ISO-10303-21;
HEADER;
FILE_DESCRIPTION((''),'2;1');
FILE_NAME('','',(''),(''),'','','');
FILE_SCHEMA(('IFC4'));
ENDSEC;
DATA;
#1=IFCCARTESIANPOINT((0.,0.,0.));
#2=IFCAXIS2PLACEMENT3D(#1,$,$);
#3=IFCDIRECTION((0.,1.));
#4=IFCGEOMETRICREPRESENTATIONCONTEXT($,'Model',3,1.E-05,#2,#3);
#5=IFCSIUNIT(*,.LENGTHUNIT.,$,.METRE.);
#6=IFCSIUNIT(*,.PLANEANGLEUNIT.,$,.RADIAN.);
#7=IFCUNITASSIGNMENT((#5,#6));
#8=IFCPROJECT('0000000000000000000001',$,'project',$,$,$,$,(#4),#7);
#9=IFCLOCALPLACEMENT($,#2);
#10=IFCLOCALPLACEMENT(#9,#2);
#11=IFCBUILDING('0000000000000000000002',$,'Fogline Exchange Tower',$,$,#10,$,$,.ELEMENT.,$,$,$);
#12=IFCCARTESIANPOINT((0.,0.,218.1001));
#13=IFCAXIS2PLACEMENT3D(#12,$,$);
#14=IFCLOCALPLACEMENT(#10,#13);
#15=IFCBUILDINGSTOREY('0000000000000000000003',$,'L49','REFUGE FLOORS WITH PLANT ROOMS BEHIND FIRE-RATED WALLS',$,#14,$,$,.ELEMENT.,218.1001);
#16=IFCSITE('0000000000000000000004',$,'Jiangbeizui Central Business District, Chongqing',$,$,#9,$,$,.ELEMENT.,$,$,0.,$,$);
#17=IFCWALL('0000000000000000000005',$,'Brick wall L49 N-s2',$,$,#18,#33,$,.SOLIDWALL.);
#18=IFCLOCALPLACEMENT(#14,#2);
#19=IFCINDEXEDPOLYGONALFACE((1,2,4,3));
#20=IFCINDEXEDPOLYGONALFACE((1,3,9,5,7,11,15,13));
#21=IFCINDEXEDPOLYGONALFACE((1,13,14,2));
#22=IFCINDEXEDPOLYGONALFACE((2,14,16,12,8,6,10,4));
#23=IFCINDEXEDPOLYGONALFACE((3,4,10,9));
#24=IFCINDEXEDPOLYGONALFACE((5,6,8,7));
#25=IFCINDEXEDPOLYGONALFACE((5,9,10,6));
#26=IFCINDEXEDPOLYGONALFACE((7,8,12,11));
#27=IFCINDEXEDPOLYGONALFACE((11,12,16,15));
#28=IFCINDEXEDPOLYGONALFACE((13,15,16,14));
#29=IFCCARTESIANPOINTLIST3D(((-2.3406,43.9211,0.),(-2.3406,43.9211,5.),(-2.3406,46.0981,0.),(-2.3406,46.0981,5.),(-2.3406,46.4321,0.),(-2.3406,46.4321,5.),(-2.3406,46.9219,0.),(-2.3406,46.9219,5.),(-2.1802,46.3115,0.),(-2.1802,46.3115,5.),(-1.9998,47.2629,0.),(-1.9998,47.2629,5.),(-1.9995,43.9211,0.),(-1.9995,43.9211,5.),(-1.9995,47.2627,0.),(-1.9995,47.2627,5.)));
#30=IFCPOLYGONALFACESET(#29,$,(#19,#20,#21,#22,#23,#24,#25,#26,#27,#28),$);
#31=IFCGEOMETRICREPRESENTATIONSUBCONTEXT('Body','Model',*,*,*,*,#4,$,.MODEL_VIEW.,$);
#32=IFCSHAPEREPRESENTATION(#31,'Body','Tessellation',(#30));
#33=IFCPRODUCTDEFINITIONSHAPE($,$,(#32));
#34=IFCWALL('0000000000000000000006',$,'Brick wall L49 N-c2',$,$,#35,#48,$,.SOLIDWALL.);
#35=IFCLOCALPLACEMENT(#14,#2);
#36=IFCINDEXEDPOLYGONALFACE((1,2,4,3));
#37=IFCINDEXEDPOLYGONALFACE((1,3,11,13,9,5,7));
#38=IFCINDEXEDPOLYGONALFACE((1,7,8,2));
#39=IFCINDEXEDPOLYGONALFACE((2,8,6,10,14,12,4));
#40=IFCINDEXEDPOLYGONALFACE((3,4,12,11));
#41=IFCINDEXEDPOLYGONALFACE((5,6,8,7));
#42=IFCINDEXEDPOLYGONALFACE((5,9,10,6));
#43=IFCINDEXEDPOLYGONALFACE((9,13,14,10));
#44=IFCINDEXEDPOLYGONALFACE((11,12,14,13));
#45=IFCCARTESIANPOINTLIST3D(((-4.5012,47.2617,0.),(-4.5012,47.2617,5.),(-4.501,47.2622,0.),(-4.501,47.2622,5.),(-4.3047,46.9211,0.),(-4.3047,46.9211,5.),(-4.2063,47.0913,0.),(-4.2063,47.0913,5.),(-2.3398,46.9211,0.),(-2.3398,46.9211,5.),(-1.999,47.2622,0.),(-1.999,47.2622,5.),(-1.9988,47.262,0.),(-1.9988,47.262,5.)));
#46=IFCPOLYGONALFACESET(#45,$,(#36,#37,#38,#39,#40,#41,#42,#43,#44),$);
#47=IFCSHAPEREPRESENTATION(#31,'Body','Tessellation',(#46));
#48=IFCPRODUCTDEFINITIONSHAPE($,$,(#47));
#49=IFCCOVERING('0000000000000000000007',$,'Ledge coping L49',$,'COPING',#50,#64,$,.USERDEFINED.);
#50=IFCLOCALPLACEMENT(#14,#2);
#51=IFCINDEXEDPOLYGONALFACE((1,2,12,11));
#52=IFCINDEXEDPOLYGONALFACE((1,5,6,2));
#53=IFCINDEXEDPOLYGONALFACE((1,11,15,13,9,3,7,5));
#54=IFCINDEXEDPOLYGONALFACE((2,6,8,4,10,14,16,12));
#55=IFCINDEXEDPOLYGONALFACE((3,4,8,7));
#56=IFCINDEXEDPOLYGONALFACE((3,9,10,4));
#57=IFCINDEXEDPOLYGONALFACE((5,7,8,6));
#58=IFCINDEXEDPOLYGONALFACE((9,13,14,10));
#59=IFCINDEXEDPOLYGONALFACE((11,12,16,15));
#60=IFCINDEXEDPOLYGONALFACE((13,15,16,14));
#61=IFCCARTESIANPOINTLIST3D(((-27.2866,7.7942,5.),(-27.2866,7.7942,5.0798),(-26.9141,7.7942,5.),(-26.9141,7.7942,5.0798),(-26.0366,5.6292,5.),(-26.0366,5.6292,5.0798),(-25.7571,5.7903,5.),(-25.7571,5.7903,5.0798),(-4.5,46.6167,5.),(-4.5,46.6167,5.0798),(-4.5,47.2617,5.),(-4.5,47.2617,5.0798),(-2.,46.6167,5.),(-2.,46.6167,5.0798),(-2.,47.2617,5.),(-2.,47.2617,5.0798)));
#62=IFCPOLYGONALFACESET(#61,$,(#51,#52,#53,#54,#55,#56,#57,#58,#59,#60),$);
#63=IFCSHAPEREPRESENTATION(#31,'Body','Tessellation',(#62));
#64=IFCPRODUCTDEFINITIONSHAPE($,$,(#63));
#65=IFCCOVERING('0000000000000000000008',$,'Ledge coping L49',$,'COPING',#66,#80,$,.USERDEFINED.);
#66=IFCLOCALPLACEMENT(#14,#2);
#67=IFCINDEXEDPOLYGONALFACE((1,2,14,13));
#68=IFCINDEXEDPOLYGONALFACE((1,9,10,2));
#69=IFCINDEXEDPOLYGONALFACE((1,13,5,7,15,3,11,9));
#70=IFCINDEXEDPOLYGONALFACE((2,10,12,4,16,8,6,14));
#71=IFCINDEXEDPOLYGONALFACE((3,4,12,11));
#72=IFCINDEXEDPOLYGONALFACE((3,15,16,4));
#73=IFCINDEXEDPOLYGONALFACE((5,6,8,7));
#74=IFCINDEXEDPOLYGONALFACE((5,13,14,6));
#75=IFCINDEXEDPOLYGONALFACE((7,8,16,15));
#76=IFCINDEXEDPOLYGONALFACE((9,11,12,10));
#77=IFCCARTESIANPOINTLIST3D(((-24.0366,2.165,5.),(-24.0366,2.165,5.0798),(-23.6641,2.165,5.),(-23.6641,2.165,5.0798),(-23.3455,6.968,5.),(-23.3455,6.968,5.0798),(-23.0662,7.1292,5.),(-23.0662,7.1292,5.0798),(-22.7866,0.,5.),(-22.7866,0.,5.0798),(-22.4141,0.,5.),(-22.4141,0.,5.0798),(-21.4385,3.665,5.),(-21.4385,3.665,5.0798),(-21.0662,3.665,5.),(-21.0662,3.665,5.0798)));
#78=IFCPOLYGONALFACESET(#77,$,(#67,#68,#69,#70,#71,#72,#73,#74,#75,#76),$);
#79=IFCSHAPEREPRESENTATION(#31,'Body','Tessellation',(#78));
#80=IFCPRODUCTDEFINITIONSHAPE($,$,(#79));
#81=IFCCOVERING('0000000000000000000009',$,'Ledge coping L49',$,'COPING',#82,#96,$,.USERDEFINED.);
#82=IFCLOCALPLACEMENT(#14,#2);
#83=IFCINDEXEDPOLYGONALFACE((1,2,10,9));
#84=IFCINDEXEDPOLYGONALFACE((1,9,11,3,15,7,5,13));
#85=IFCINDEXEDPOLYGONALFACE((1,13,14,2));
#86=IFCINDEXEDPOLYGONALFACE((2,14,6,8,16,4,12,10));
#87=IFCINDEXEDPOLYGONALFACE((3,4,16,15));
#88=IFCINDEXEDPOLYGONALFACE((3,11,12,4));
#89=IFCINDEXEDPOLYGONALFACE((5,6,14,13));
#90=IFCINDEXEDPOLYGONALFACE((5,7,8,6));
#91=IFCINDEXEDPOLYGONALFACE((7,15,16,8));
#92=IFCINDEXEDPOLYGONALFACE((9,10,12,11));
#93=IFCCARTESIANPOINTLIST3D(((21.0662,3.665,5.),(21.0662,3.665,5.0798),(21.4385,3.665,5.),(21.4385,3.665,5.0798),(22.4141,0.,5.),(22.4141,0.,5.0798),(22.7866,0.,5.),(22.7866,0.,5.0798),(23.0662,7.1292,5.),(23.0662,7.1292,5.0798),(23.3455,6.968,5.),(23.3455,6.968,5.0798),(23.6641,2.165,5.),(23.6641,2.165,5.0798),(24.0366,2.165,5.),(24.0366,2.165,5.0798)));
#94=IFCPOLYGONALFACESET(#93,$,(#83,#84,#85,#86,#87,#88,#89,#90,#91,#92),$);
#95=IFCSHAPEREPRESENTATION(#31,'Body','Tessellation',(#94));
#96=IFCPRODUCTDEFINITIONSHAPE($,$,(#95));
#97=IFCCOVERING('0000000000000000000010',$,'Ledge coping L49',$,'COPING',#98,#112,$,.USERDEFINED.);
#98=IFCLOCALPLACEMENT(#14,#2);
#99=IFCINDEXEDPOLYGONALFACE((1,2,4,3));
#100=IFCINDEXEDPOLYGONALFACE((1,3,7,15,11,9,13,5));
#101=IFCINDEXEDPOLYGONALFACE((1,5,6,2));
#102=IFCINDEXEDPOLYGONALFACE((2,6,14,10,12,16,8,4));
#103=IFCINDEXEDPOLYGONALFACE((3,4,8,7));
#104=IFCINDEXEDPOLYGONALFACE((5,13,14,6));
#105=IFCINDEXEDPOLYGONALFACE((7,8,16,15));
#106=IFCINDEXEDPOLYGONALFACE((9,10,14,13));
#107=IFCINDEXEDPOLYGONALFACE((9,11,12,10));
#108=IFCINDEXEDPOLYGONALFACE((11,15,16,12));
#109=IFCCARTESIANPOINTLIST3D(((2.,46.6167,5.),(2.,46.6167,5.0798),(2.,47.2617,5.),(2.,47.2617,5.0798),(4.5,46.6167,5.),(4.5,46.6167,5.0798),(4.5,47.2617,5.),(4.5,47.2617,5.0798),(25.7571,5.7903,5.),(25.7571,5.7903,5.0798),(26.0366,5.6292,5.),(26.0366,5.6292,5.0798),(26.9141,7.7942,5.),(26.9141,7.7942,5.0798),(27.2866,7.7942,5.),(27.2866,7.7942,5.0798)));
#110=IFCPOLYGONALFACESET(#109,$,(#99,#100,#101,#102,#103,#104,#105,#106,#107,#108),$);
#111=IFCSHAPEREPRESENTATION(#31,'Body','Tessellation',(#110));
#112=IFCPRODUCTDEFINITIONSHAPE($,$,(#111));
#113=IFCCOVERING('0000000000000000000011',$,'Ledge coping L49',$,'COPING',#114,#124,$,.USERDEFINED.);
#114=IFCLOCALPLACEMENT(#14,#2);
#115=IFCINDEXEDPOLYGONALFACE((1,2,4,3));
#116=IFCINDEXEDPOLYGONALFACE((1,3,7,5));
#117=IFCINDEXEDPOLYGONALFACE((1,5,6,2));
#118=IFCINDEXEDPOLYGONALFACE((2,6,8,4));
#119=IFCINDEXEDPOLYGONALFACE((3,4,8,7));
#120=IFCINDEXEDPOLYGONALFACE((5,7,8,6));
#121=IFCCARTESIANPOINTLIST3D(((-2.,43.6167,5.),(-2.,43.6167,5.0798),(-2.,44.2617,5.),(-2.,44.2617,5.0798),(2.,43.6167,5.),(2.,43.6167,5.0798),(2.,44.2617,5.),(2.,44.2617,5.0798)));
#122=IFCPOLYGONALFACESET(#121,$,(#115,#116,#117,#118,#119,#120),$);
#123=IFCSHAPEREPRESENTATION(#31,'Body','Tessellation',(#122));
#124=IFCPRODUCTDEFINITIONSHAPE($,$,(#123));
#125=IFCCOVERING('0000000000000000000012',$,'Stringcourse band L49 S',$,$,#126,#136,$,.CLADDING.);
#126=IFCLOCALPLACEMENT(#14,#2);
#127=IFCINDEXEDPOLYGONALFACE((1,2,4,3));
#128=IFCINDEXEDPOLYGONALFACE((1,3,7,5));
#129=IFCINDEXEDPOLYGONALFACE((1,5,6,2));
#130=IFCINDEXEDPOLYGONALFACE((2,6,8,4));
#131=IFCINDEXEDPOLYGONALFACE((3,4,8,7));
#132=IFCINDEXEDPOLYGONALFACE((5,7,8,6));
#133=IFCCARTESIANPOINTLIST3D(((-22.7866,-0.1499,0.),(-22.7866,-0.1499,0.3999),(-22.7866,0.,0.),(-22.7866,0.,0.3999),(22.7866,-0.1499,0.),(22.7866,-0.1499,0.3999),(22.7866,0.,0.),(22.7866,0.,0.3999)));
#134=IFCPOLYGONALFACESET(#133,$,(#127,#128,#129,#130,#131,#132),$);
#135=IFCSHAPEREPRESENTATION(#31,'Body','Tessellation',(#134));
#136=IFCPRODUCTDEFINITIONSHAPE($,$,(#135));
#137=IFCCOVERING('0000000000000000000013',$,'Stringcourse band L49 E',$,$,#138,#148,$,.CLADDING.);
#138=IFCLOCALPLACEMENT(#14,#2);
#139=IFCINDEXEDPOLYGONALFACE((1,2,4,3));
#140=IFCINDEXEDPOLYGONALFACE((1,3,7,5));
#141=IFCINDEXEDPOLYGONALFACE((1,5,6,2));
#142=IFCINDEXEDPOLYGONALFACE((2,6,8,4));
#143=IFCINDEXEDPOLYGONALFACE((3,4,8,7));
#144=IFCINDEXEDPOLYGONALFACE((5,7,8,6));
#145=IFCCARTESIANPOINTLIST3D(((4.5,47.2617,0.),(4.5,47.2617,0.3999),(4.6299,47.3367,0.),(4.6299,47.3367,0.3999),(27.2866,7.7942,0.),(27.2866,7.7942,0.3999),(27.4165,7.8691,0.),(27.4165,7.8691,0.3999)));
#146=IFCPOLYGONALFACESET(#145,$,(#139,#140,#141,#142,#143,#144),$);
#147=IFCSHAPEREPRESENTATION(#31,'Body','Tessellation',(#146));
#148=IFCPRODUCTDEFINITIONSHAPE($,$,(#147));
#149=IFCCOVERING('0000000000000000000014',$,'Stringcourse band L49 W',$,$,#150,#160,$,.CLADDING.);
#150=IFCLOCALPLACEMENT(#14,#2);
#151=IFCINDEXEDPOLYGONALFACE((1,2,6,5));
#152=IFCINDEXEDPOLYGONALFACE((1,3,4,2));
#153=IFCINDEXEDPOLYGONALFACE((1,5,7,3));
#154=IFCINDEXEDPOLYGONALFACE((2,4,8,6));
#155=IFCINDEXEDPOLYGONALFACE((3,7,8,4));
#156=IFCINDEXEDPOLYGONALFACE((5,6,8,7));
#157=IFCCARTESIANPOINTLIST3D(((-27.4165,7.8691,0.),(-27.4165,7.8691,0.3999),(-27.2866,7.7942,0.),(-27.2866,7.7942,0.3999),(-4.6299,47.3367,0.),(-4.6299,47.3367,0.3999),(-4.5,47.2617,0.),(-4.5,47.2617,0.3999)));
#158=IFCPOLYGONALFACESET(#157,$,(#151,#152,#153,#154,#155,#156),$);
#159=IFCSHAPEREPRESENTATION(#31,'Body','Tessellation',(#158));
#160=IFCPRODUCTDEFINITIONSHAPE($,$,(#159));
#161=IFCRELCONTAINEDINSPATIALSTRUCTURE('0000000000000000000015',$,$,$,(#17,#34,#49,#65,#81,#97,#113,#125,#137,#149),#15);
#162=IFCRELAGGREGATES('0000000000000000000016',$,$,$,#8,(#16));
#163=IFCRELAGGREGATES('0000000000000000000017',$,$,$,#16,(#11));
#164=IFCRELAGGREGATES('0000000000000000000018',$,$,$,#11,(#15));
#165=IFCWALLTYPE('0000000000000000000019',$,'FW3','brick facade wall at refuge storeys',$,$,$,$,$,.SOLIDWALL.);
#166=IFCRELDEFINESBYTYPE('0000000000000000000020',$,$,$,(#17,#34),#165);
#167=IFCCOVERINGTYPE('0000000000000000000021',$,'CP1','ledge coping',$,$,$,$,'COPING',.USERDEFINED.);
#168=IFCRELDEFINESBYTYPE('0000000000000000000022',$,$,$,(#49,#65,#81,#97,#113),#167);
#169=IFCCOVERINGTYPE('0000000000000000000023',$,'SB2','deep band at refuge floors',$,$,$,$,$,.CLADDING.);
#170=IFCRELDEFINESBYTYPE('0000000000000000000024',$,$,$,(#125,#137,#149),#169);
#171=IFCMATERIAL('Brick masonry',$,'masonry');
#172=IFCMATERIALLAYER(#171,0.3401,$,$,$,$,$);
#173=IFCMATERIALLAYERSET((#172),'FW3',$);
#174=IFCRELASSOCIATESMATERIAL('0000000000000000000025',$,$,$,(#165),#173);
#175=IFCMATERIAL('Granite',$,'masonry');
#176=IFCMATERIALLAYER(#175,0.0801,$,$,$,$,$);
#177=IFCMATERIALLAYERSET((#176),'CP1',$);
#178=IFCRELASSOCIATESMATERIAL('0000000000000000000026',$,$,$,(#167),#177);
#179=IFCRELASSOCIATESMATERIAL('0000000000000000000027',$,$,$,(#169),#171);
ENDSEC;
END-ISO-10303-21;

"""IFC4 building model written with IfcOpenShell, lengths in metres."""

from ifc_helpers import new_model, si_unit, direction, frame, origin, place, context, subcontext, project, spatial, polyline, outline, extrude, material, layer, layer_set, type_object, element, save


model = new_model("IFC4")

# Units and contexts
model_context = context("Model", 3, precision=1e-05, world=origin(), true_north=direction((0.0, 1.0)))
body_context = subcontext(model_context, "Body", "Model", "MODEL_VIEW")
ifc_project = project(units=[si_unit("LENGTHUNIT", "METRE"), si_unit("PLANEANGLEUNIT", "RADIAN")], contexts=[model_context])

# Site, building, storey
site_placement = place(None, origin())
site = spatial("IfcSite", under=ifc_project, at=site_placement, Name="Jiangbeizui Central Business District, Chongqing", CompositionType="ELEMENT", RefElevation=0.0)
building_placement = place(site_placement, origin())
building = spatial("IfcBuilding", under=site, at=building_placement, Name="Fogline Exchange Tower", CompositionType="ELEMENT")
storey_placement = place(building_placement, frame((0.0, 0.0, 218.1001)))
storey = spatial("IfcBuildingStorey", under=building, at=storey_placement, Name="L49", Description="REFUGE FLOORS WITH PLANT ROOMS BEHIND FIRE-RATED WALLS", CompositionType="ELEMENT", Elevation=218.1001)

# Walls
ifc_material_1 = material(Name="Brick masonry", Category="masonry")
ifc_layer_1 = layer(ifc_material_1, 0.3401)
ifc_layer_set_1 = layer_set([ifc_layer_1], Name="FW3")
wall_type_1 = type_object("IfcWallType", Name="FW3", Description="brick facade wall at refuge storeys", PredefinedType="SOLIDWALL", material=ifc_layer_set_1)
wall_1_placement = place(storey_placement, origin())
element("IfcWall", 1, at=wall_1_placement, inside=storey, type_object=wall_type_1, Name="Brick wall L49 N-s2", PredefinedType="SOLIDWALL", context=body_context, shape_type="SweptSolid", body=[
    extrude(outline(polyline([(-1.9995, 43.9211), (-2.3406, 43.9211), (-2.3406, 46.0981), (-2.1802, 46.3115), (-2.3406, 46.4321), (-2.3406, 46.9219), (-1.9998, 47.2629), (-1.9995, 47.2627), (-1.9995, 43.9211)])), origin(), (0.0, 0.0, 1.0), 5.0),
])
wall_2_placement = place(storey_placement, origin())
element("IfcWall", 2, at=wall_2_placement, inside=storey, type_object=wall_type_1, Name="Brick wall L49 N-c2", PredefinedType="SOLIDWALL", context=body_context, shape_type="SweptSolid", body=[
    extrude(outline(polyline([(-4.3047, 46.9211), (-4.2063, 47.0913), (-4.5012, 47.2617), (-4.501, 47.2622), (-1.999, 47.2622), (-1.9988, 47.262), (-2.3398, 46.9211), (-4.3047, 46.9211)])), origin(), (0.0, 0.0, 1.0), 5.0),
])

# Coverings
ifc_material_2 = material(Name="Granite", Category="masonry")
ifc_layer_2 = layer(ifc_material_2, 0.0801)
ifc_layer_set_2 = layer_set([ifc_layer_2], Name="CP1")
covering_type_1 = type_object("IfcCoveringType", Name="CP1", Description="ledge coping", ElementType="COPING", PredefinedType="USERDEFINED", material=ifc_layer_set_2)
covering_1_placement = place(storey_placement, frame((0.0, 0.0, 5.0)))
element("IfcCovering", 3, at=covering_1_placement, inside=storey, type_object=covering_type_1, Name="Ledge coping L49", ObjectType="COPING", PredefinedType="USERDEFINED", context=body_context, shape_type="SweptSolid", body=[
    extrude(outline(polyline([(-26.0366, 5.6292), (-25.7571, 5.7903), (-26.9141, 7.7942), (-4.5, 46.6167), (-2.0, 46.6167), (-2.0, 47.2617), (-4.5, 47.2617), (-27.2866, 7.7942), (-26.0366, 5.6292)])), origin(), (0.0, 0.0, 1.0), 0.0798),
])
covering_2_placement = place(storey_placement, frame((0.0, 0.0, 5.0)))
element("IfcCovering", 4, at=covering_2_placement, inside=storey, type_object=covering_type_1, Name="Ledge coping L49", ObjectType="COPING", PredefinedType="USERDEFINED", context=body_context, shape_type="SweptSolid", body=[
    extrude(outline(polyline([(-22.7866, 0.0), (-22.4141, 0.0), (-23.6641, 2.165), (-21.0662, 3.665), (-23.0662, 7.1292), (-23.3455, 6.968), (-21.4385, 3.665), (-24.0366, 2.165), (-22.7866, 0.0)])), origin(), (0.0, 0.0, 1.0), 0.0798),
])
covering_3_placement = place(storey_placement, frame((0.0, 0.0, 5.0)))
element("IfcCovering", 5, at=covering_3_placement, inside=storey, type_object=covering_type_1, Name="Ledge coping L49", ObjectType="COPING", PredefinedType="USERDEFINED", context=body_context, shape_type="SweptSolid", body=[
    extrude(outline(polyline([(21.4385, 3.665), (23.3455, 6.968), (23.0662, 7.1292), (21.0662, 3.665), (23.6641, 2.165), (22.4141, 0.0), (22.7866, 0.0), (24.0366, 2.165), (21.4385, 3.665)])), origin(), (0.0, 0.0, 1.0), 0.0798),
])
covering_4_placement = place(storey_placement, frame((0.0, 0.0, 5.0)))
element("IfcCovering", 6, at=covering_4_placement, inside=storey, type_object=covering_type_1, Name="Ledge coping L49", ObjectType="COPING", PredefinedType="USERDEFINED", context=body_context, shape_type="SweptSolid", body=[
    extrude(outline(polyline([(2.0, 47.2617), (2.0, 46.6167), (4.5, 46.6167), (26.9141, 7.7942), (25.7571, 5.7903), (26.0366, 5.6292), (27.2866, 7.7942), (4.5, 47.2617), (2.0, 47.2617)])), origin(), (0.0, 0.0, 1.0), 0.0798),
])
covering_5_placement = place(storey_placement, frame((0.0, 0.0, 5.0)))
element("IfcCovering", 7, at=covering_5_placement, inside=storey, type_object=covering_type_1, Name="Ledge coping L49", ObjectType="COPING", PredefinedType="USERDEFINED", context=body_context, shape_type="SweptSolid", body=[
    extrude(outline(polyline([(2.0, 44.2617), (-2.0, 44.2617), (-2.0, 43.6167), (2.0, 43.6167), (2.0, 44.2617)])), origin(), (0.0, 0.0, 1.0), 0.0798),
])
covering_type_2 = type_object("IfcCoveringType", Name="SB2", Description="deep band at refuge floors", PredefinedType="CLADDING", material=ifc_material_1)
covering_6_placement = place(storey_placement, origin())
element("IfcCovering", 8, at=covering_6_placement, inside=storey, type_object=covering_type_2, Name="Stringcourse band L49 S", PredefinedType="CLADDING", context=body_context, shape_type="SweptSolid", body=[
    extrude(outline(polyline([(-22.7866, 0.0), (-22.7866, -0.1499), (22.7866, -0.1499), (22.7866, 0.0), (-22.7866, 0.0)])), origin(), (0.0, 0.0, 1.0), 0.3999),
])
covering_7_placement = place(storey_placement, origin())
element("IfcCovering", 9, at=covering_7_placement, inside=storey, type_object=covering_type_2, Name="Stringcourse band L49 E", PredefinedType="CLADDING", context=body_context, shape_type="SweptSolid", body=[
    extrude(outline(polyline([(27.2866, 7.7942), (27.4165, 7.8691), (4.6299, 47.3367), (4.5, 47.2617), (27.2866, 7.7942)])), origin(), (0.0, 0.0, 1.0), 0.3999),
])
covering_8_placement = place(storey_placement, origin())
element("IfcCovering", 10, at=covering_8_placement, inside=storey, type_object=covering_type_2, Name="Stringcourse band L49 W", PredefinedType="CLADDING", context=body_context, shape_type="SweptSolid", body=[
    extrude(outline(polyline([(-4.5, 47.2617), (-4.6299, 47.3367), (-27.4165, 7.8691), (-27.2866, 7.7942), (-4.5, 47.2617)])), origin(), (0.0, 0.0, 1.0), 0.3999),
])

save(model, "model.ifc")
